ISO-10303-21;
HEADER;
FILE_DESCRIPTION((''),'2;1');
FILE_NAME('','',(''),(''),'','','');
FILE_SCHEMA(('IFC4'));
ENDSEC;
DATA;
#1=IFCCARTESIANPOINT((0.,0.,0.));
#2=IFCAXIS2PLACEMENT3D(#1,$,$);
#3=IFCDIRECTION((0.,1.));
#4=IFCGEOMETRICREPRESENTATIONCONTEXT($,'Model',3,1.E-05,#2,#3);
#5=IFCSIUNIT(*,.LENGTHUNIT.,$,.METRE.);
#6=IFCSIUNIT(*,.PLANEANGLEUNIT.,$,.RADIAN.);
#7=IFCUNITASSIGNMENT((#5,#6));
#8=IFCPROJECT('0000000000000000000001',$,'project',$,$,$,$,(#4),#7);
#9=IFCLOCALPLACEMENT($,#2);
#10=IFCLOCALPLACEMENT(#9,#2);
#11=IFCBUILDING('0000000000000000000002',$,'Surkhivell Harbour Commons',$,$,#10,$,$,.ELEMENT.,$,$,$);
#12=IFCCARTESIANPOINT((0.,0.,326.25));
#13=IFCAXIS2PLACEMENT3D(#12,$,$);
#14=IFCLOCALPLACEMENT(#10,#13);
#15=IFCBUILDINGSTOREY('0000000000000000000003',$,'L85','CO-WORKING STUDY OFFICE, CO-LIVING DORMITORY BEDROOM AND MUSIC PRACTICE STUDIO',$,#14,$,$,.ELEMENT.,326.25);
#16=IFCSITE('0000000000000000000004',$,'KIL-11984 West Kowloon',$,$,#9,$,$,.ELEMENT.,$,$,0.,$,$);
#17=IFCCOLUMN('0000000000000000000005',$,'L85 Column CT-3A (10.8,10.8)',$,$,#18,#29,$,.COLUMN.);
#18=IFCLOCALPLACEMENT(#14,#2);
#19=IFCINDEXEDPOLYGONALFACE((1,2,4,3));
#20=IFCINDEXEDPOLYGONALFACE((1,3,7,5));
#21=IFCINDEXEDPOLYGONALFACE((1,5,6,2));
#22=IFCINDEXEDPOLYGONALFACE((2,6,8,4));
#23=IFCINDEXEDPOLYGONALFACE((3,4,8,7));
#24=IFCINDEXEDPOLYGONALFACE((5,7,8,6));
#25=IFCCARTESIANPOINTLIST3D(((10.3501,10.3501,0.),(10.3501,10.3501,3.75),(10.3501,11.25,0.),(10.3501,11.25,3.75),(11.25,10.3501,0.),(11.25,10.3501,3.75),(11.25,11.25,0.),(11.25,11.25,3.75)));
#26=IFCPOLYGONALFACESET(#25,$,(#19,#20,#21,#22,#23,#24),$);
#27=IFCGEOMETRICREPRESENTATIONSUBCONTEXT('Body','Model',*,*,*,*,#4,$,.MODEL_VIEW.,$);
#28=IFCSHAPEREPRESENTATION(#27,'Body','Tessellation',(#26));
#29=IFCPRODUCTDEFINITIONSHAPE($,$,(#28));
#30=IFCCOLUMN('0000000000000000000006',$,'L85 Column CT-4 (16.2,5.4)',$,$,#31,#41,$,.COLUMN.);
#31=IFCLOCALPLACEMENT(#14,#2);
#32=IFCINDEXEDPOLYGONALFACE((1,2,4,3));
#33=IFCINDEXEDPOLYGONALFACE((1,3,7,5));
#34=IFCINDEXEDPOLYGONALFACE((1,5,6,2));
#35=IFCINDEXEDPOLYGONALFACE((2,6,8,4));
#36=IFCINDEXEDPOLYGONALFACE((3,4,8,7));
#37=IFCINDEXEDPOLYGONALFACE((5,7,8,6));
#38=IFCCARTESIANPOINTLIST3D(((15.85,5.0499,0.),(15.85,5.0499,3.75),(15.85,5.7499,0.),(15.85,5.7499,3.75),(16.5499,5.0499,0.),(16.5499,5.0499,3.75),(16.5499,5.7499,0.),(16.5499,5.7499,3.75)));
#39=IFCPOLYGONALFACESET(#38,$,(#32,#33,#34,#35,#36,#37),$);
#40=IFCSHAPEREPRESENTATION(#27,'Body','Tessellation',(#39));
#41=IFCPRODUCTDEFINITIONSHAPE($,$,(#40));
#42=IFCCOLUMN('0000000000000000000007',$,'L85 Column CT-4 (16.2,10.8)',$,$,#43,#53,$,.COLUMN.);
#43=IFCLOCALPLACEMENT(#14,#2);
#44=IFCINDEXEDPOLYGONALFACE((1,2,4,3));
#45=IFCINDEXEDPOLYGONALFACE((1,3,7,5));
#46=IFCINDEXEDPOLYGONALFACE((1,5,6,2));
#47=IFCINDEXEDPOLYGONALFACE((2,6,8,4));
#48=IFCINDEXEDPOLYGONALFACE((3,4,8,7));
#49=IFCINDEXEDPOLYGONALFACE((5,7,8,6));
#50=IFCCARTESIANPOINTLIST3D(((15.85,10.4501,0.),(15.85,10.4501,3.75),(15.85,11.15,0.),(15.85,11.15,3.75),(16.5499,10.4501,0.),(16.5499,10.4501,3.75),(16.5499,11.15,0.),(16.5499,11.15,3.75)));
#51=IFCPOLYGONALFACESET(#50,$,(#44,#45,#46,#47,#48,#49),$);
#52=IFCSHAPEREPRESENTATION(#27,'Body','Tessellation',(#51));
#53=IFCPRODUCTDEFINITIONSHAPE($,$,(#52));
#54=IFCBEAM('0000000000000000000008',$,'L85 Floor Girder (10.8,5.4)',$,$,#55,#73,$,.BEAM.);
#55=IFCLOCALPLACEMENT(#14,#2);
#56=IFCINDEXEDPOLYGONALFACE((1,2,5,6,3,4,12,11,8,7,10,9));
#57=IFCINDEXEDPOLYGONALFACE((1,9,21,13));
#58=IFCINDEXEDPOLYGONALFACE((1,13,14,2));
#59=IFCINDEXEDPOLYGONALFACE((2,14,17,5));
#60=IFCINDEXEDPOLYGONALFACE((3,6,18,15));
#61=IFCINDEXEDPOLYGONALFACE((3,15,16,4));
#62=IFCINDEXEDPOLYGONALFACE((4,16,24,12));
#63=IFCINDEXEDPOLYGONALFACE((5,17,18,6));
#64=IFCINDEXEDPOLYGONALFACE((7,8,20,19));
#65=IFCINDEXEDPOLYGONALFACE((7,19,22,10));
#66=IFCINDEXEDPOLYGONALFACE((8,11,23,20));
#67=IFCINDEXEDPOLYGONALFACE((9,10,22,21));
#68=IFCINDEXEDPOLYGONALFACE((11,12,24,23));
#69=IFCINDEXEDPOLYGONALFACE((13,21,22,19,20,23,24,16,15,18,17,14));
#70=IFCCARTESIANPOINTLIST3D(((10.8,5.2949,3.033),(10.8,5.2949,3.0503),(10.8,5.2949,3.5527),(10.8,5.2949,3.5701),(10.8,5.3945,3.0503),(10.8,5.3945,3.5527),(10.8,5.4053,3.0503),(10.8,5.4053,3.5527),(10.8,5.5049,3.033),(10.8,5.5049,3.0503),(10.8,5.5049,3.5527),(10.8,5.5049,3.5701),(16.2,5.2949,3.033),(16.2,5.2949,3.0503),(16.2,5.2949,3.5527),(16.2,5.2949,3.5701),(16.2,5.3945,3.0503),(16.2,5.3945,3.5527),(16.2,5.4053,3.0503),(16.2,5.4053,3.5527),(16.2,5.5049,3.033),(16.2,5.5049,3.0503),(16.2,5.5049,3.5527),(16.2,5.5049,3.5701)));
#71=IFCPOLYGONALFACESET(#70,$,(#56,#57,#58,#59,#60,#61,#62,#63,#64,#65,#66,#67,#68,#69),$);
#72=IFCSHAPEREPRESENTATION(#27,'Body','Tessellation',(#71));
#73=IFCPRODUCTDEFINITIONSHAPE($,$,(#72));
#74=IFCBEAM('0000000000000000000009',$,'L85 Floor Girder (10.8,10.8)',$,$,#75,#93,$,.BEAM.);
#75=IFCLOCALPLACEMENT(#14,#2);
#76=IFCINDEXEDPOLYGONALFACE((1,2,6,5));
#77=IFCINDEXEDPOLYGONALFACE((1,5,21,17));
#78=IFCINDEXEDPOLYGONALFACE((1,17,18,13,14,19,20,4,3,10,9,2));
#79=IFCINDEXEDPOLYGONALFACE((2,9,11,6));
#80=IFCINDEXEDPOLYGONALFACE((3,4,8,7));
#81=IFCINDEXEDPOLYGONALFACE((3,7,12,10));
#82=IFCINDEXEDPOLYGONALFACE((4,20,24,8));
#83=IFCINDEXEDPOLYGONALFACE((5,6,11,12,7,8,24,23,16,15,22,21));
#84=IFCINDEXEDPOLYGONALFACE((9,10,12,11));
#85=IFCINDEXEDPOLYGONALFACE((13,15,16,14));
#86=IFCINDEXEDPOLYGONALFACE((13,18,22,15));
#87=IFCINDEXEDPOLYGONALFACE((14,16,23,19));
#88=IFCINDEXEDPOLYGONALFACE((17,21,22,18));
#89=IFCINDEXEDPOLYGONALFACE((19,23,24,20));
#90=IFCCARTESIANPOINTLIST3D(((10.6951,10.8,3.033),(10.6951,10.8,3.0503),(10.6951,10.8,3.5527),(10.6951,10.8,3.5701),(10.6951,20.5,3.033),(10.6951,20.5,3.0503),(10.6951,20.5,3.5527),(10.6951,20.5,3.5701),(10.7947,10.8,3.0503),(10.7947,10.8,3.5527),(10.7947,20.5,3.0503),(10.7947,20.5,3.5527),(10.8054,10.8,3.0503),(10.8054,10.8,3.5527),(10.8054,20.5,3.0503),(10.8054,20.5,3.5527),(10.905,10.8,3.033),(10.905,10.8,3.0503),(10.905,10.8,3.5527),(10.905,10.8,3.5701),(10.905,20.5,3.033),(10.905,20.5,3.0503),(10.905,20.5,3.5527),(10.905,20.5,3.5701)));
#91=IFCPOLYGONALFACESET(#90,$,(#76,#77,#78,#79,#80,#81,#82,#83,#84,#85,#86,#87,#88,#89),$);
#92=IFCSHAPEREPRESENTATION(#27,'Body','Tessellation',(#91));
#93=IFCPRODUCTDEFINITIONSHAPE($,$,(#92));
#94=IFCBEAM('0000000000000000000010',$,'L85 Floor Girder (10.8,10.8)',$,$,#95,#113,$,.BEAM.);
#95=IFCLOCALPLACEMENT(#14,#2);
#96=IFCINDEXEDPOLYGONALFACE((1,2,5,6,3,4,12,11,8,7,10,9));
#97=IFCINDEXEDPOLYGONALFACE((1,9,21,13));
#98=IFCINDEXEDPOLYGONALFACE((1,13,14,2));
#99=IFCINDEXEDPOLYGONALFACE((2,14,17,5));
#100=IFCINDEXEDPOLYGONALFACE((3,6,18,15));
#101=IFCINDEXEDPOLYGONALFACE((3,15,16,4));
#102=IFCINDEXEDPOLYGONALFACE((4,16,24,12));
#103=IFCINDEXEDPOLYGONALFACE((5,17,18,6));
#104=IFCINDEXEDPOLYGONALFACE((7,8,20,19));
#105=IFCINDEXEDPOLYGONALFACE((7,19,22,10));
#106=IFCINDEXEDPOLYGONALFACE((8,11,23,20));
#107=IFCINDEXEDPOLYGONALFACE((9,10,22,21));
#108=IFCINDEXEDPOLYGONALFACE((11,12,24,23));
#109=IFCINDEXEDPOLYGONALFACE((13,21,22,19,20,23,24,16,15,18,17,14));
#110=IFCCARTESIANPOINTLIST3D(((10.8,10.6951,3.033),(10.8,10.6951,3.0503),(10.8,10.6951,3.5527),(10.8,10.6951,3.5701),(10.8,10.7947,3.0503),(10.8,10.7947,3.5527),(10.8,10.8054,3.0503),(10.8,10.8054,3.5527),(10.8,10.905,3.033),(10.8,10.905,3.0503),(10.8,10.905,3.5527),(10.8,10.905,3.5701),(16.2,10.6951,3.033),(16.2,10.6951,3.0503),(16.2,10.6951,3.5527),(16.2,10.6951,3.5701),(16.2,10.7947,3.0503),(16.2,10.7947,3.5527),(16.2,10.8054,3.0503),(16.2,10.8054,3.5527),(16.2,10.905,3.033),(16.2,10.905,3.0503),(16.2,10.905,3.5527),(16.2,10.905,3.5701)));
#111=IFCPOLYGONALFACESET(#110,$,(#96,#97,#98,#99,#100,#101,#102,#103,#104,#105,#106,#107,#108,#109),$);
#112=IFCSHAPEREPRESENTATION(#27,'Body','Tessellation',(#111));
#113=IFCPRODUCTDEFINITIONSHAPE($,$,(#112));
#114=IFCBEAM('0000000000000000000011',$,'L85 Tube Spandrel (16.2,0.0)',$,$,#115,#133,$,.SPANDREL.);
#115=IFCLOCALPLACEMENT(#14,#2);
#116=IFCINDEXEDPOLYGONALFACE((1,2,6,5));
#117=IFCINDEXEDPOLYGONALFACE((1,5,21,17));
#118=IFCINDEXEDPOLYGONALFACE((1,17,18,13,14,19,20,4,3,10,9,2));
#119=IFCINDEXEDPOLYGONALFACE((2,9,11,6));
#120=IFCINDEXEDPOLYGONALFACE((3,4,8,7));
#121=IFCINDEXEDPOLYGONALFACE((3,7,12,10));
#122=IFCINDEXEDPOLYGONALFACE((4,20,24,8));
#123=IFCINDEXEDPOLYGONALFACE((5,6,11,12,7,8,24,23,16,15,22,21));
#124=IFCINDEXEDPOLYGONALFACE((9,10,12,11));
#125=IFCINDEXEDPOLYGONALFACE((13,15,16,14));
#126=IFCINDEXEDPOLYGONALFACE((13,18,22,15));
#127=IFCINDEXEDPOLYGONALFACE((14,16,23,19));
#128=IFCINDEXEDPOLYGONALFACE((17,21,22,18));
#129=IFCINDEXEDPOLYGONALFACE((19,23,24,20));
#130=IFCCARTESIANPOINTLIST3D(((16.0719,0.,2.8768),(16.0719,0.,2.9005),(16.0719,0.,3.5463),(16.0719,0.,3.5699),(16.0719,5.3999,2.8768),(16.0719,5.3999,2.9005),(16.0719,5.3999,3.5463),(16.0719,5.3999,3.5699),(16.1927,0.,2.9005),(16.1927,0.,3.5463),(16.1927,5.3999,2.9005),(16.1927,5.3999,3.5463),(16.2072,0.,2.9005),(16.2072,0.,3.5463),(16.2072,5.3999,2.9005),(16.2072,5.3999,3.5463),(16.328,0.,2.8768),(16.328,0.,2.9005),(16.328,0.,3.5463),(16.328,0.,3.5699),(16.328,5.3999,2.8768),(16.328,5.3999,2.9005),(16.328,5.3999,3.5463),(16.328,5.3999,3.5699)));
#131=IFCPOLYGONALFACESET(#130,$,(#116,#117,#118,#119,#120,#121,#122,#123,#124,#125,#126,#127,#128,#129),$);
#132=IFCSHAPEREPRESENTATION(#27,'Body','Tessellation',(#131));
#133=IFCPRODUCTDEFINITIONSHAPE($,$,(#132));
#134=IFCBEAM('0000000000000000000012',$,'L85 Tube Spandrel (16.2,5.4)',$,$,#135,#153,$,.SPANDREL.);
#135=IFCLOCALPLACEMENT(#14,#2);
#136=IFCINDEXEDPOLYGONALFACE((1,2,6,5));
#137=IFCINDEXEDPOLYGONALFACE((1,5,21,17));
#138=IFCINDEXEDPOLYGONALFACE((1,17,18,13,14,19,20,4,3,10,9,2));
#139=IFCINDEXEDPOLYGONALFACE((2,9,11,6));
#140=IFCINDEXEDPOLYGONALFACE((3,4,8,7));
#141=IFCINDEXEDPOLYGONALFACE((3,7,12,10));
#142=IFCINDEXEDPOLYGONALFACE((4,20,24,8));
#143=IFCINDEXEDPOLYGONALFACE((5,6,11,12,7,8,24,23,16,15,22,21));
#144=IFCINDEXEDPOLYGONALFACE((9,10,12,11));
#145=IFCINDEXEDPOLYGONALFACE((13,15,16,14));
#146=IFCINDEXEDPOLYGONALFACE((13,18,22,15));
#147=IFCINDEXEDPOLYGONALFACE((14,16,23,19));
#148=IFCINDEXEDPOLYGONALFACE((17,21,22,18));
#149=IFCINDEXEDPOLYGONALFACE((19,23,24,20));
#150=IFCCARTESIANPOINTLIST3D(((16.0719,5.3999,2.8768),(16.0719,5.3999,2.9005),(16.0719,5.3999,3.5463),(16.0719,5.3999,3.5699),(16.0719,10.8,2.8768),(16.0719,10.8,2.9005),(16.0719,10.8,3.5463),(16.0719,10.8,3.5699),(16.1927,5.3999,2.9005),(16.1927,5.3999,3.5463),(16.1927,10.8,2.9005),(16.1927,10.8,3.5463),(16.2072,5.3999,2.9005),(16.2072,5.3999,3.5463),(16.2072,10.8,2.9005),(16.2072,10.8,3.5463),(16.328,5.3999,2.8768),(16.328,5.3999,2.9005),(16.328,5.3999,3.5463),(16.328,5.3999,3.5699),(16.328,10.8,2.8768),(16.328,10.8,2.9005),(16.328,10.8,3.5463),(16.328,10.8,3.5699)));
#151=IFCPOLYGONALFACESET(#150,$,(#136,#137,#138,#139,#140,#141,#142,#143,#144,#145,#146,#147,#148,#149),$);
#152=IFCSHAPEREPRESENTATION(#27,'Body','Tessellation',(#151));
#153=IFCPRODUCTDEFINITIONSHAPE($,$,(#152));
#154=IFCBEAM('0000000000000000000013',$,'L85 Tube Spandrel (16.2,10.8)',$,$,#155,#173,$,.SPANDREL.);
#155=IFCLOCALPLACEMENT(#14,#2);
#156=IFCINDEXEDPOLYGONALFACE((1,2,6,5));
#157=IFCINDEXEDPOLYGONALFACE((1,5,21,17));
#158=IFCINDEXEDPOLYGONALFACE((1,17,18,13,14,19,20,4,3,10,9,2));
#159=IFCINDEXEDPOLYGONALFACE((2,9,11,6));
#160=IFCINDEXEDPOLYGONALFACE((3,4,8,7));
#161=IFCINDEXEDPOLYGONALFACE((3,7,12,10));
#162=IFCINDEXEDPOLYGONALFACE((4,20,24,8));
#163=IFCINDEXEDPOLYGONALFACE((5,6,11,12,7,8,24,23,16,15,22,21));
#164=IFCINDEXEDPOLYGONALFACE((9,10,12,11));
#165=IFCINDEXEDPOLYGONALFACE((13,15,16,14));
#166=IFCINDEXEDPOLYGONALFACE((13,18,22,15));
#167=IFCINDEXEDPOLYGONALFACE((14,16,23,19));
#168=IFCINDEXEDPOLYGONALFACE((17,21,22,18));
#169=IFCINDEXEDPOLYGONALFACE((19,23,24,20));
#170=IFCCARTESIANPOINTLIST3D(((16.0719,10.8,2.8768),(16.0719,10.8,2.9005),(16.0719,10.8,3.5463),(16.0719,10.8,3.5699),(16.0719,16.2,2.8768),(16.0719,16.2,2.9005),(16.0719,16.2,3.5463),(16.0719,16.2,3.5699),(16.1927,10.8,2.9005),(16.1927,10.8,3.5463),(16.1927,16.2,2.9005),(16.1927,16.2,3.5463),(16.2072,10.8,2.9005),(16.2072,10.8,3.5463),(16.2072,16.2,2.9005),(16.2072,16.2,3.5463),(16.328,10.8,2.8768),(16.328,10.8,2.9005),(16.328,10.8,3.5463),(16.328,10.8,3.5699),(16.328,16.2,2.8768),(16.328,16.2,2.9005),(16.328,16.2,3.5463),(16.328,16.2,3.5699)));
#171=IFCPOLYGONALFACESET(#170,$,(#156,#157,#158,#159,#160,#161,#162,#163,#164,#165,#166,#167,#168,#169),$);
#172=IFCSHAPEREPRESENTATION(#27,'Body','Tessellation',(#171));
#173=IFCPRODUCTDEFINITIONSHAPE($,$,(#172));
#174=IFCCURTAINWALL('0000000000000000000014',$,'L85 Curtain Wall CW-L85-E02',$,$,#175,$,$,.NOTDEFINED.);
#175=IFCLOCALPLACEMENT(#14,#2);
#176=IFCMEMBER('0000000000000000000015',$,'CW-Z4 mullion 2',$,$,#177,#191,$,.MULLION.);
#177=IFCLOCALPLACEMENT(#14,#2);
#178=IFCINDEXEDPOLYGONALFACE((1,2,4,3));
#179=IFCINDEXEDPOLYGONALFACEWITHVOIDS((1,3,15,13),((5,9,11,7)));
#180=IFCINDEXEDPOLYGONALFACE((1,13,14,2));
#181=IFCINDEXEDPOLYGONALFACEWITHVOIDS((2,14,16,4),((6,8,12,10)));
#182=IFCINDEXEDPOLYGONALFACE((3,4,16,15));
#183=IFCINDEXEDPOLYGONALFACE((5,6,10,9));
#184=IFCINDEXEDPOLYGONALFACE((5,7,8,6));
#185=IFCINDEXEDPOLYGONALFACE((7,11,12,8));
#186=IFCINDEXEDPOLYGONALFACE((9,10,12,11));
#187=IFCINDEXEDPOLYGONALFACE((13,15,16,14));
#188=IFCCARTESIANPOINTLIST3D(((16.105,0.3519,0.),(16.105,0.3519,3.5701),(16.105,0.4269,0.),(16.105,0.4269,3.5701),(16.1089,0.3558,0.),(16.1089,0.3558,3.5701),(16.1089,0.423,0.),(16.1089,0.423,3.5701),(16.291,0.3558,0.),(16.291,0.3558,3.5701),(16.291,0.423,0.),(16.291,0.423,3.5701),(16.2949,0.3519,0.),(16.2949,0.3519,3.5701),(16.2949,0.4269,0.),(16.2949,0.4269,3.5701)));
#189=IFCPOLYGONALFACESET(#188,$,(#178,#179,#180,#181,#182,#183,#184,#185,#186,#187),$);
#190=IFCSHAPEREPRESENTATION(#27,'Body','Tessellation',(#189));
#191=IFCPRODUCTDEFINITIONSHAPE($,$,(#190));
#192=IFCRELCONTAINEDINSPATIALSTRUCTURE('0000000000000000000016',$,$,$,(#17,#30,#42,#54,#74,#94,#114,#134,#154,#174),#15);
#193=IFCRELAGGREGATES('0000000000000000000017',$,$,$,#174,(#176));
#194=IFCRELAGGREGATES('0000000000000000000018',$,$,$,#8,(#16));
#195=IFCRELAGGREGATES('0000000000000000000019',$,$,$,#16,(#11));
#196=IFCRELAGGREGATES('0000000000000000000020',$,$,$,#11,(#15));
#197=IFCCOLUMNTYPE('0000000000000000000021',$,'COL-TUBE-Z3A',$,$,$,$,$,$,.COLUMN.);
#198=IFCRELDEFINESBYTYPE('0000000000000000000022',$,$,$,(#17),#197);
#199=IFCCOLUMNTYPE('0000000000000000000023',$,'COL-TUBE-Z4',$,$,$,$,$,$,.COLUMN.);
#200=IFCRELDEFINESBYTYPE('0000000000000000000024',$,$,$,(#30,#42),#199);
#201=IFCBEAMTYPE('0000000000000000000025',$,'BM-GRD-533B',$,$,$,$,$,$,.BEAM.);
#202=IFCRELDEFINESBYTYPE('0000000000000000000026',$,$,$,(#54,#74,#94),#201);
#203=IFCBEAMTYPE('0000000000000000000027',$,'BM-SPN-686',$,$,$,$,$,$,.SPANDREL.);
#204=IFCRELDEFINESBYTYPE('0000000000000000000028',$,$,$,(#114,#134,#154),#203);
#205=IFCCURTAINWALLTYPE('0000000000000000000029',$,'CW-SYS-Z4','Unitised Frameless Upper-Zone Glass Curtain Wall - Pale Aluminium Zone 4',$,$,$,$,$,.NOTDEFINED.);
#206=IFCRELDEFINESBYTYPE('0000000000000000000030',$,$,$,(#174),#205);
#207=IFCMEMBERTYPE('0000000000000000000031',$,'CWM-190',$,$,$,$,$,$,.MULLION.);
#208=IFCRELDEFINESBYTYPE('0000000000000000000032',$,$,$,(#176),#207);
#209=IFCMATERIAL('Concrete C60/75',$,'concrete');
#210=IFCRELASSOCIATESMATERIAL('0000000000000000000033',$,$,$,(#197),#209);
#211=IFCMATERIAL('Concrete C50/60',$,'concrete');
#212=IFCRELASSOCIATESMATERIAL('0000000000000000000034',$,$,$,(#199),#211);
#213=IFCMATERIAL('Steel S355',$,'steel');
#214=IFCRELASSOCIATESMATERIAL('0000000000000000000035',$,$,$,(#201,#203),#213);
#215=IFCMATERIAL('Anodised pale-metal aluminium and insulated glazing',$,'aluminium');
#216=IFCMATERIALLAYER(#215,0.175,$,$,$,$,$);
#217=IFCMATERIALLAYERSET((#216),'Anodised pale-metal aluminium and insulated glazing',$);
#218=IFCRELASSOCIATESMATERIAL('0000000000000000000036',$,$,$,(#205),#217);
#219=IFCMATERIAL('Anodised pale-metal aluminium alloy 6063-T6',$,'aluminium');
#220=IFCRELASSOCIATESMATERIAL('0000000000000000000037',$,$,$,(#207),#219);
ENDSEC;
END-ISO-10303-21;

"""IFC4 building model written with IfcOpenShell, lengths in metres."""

from ifc_helpers import new_model, si_unit, direction, frame, origin, origin_2d, place, context, subcontext, project, spatial, rectangle, hollow_rectangle, i_section, extrude, material, layer, layer_set, material_profile, profile_set, type_object, element, aggregate, save


model = new_model("IFC4")

# Units and contexts
model_context = context("Model", 3, precision=1e-05, world=origin(), true_north=direction((0.0, 1.0)))
body_context = subcontext(model_context, "Body", "Model", "MODEL_VIEW")
ifc_project = project(units=[si_unit("LENGTHUNIT", "METRE"), si_unit("PLANEANGLEUNIT", "RADIAN")], contexts=[model_context])

# Site, building, storey
site_placement = place(None, origin())
site = spatial("IfcSite", under=ifc_project, at=site_placement, Name="KIL-11984 West Kowloon", CompositionType="ELEMENT", RefElevation=0.0)
building_placement = place(site_placement, origin())
building = spatial("IfcBuilding", under=site, at=building_placement, Name="Surkhivell Harbour Commons", CompositionType="ELEMENT")
storey_placement = place(building_placement, frame((0.0, 0.0, 326.25)))
storey = spatial("IfcBuildingStorey", under=building, at=storey_placement, Name="L85", Description="CO-WORKING STUDY OFFICE, CO-LIVING DORMITORY BEDROOM AND MUSIC PRACTICE STUDIO", CompositionType="ELEMENT", Elevation=326.25)

# Columns
ifc_material_1 = material(Name="Concrete C60/75", Category="concrete")
ifc_material_profile_1 = material_profile(ifc_material_1, rectangle(XDim=0.8999, YDim=0.8999, at=origin_2d()), Name="RC-COL-900x900")
ifc_profile_set_1 = profile_set([ifc_material_profile_1], Name="Concrete C60/75")
column_type_1 = type_object("IfcColumnType", Name="COL-TUBE-Z3A", PredefinedType="COLUMN", material=ifc_profile_set_1)
column_placement = place(storey_placement, frame((10.8, 10.8, 0.0), z_axis=(0.0, 0.0, 1.0), x_axis=(1.0, 0.0, 0.0)))
element("IfcColumn", 1, at=column_placement, inside=storey, type_object=column_type_1, Name="L85 Column CT-3A (10.8,10.8)", PredefinedType="COLUMN", context=body_context, shape_type="SweptSolid", body=[
    extrude(rectangle(XDim=0.8999, YDim=0.8999, at=origin_2d()), origin(), (0.0, 0.0, 1.0), 3.75),
])
ifc_material_2 = material(Name="Concrete C50/60", Category="concrete")
ifc_material_profile_2 = material_profile(ifc_material_2, rectangle(XDim=0.7, YDim=0.7, at=origin_2d()), Name="RC-COL-700x700")
ifc_profile_set_2 = profile_set([ifc_material_profile_2], Name="Concrete C50/60")
column_type_2 = type_object("IfcColumnType", Name="COL-TUBE-Z4", PredefinedType="COLUMN", material=ifc_profile_set_2)
for number, where, z_axis, x_axis, name in (
    (2, (16.2, 5.3999, 0.0), (0.0, 0.0, 1.0), (1.0, 0.0, 0.0), "L85 Column CT-4 (16.2,5.4)"),
    (3, (16.2, 10.8, 0.0), (0.0, 0.0, 1.0), (1.0, 0.0, 0.0), "L85 Column CT-4 (16.2,10.8)"),
):
    element("IfcColumn", number, at=place(storey_placement, frame(where, z_axis=z_axis, x_axis=x_axis)), inside=storey, type_object=column_type_2, Name=name, PredefinedType="COLUMN", context=body_context, shape_type="SweptSolid", body=[
        extrude(rectangle(XDim=0.7, YDim=0.7, at=origin_2d()), origin(), (0.0, 0.0, 1.0), 3.75),
    ])

# Beams
ifc_material_3 = material(Name="Steel S355", Category="steel")
ifc_material_profile_3 = material_profile(ifc_material_3, i_section(OverallWidth=0.21, OverallDepth=0.5371, WebThickness=0.0107, FlangeThickness=0.0173, at=origin_2d()), Name="UB533x210x101")
ifc_profile_set_3 = profile_set([ifc_material_profile_3], Name="Steel S355")
beam_type_1 = type_object("IfcBeamType", Name="BM-GRD-533B", PredefinedType="BEAM", material=ifc_profile_set_3)
beam_1_placement = place(storey_placement, frame((10.8, 5.3999, 3.3015), z_axis=(1.0, 0.0, 0.0), x_axis=(0.0, 1.0, 0.0)))
element("IfcBeam", 4, at=beam_1_placement, inside=storey, type_object=beam_type_1, Name="L85 Floor Girder (10.8,5.4)", PredefinedType="BEAM", context=body_context, shape_type="SweptSolid", body=[
    extrude(i_section(OverallWidth=0.21, OverallDepth=0.5371, WebThickness=0.0107, FlangeThickness=0.0173, at=origin_2d()), origin(), (0.0, 0.0, 1.0), 5.3999),
])
beam_2_placement = place(storey_placement, frame((10.8, 10.8, 3.3015), z_axis=(0.0, 1.0, 0.0), x_axis=(-1.0, 0.0, 0.0)))
element("IfcBeam", 5, at=beam_2_placement, inside=storey, type_object=beam_type_1, Name="L85 Floor Girder (10.8,10.8)", PredefinedType="BEAM", context=body_context, shape_type="SweptSolid", body=[
    extrude(i_section(OverallWidth=0.21, OverallDepth=0.5371, WebThickness=0.0107, FlangeThickness=0.0173, at=origin_2d()), origin(), (0.0, 0.0, 1.0), 9.7),
])
beam_3_placement = place(storey_placement, frame((10.8, 10.8, 3.3015), z_axis=(1.0, 0.0, 0.0), x_axis=(0.0, 1.0, 0.0)))
element("IfcBeam", 6, at=beam_3_placement, inside=storey, type_object=beam_type_1, Name="L85 Floor Girder (10.8,10.8)", PredefinedType="BEAM", context=body_context, shape_type="SweptSolid", body=[
    extrude(i_section(OverallWidth=0.21, OverallDepth=0.5371, WebThickness=0.0107, FlangeThickness=0.0173, at=origin_2d()), origin(), (0.0, 0.0, 1.0), 5.3999),
])
ifc_material_profile_4 = material_profile(ifc_material_3, i_section(OverallWidth=0.2561, OverallDepth=0.6931, WebThickness=0.0144, FlangeThickness=0.0237, at=origin_2d()), Name="UB686x254x170")
ifc_profile_set_4 = profile_set([ifc_material_profile_4], Name="Steel S355")
beam_type_2 = type_object("IfcBeamType", Name="BM-SPN-686", PredefinedType="SPANDREL", material=ifc_profile_set_4)
beam_4_placement = place(storey_placement, frame((16.2, 0.0, 3.2234), z_axis=(0.0, 1.0, 0.0), x_axis=(-1.0, 0.0, 0.0)))
element("IfcBeam", 7, at=beam_4_placement, inside=storey, type_object=beam_type_2, Name="L85 Tube Spandrel (16.2,0.0)", PredefinedType="SPANDREL", context=body_context, shape_type="SweptSolid", body=[
    extrude(i_section(OverallWidth=0.2561, OverallDepth=0.6931, WebThickness=0.0144, FlangeThickness=0.0237, at=origin_2d()), origin(), (0.0, 0.0, 1.0), 5.3999),
])
beam_5_placement = place(storey_placement, frame((16.2, 5.3999, 3.2234), z_axis=(0.0, 1.0, 0.0), x_axis=(-1.0, 0.0, 0.0)))
element("IfcBeam", 8, at=beam_5_placement, inside=storey, type_object=beam_type_2, Name="L85 Tube Spandrel (16.2,5.4)", PredefinedType="SPANDREL", context=body_context, shape_type="SweptSolid", body=[
    extrude(i_section(OverallWidth=0.2561, OverallDepth=0.6931, WebThickness=0.0144, FlangeThickness=0.0237, at=origin_2d()), origin(), (0.0, 0.0, 1.0), 5.4001),
])
beam_6_placement = place(storey_placement, frame((16.2, 10.8, 3.2234), z_axis=(0.0, 1.0, 0.0), x_axis=(-1.0, 0.0, 0.0)))
element("IfcBeam", 9, at=beam_6_placement, inside=storey, type_object=beam_type_2, Name="L85 Tube Spandrel (16.2,10.8)", PredefinedType="SPANDREL", context=body_context, shape_type="SweptSolid", body=[
    extrude(i_section(OverallWidth=0.2561, OverallDepth=0.6931, WebThickness=0.0144, FlangeThickness=0.0237, at=origin_2d()), origin(), (0.0, 0.0, 1.0), 5.3999),
])

# Curtain wall, member
ifc_material_4 = material(Name="Anodised pale-metal aluminium and insulated glazing", Category="aluminium")
ifc_layer_1 = layer(ifc_material_4, 0.175)
ifc_layer_set_1 = layer_set([ifc_layer_1], Name="Anodised pale-metal aluminium and insulated glazing")
curtain_wall_type = type_object("IfcCurtainWallType", Name="CW-SYS-Z4", Description="Unitised Frameless Upper-Zone Glass Curtain Wall - Pale Aluminium Zone 4", PredefinedType="NOTDEFINED", material=ifc_layer_set_1)
curtain_wall_placement = place(storey_placement, origin())
curtain_wall = element("IfcCurtainWall", 10, at=curtain_wall_placement, inside=storey, type_object=curtain_wall_type, Name="L85 Curtain Wall CW-L85-E02", PredefinedType="NOTDEFINED")
ifc_material_5 = material(Name="Anodised pale-metal aluminium alloy 6063-T6", Category="aluminium")
ifc_material_profile_5 = material_profile(ifc_material_5, hollow_rectangle(XDim=0.075, YDim=0.1899, WallThickness=0.0039, at=origin_2d()), Name="ALU-MULL-75x190")
ifc_profile_set_5 = profile_set([ifc_material_profile_5], Name="Anodised pale-metal aluminium alloy 6063-T6")
member_type_1 = type_object("IfcMemberType", Name="CWM-190", PredefinedType="MULLION", material=ifc_profile_set_5)
member_1_placement = place(storey_placement, frame((16.2, 0.3894, 0.0), z_axis=(0.0, 0.0, 1.0), x_axis=(0.0, 1.0, 0.0)))
member_1 = element("IfcMember", 11, at=member_1_placement, type_object=member_type_1, Name="CW-Z4 mullion 2", PredefinedType="MULLION", context=body_context, shape_type="SweptSolid", body=[
    extrude(hollow_rectangle(XDim=0.075, YDim=0.1899, WallThickness=0.0039, at=origin_2d()), origin(), (0.0, 0.0, 1.0), 3.5701),
])
aggregate(curtain_wall, [member_1])

save(model, "model.ifc")
